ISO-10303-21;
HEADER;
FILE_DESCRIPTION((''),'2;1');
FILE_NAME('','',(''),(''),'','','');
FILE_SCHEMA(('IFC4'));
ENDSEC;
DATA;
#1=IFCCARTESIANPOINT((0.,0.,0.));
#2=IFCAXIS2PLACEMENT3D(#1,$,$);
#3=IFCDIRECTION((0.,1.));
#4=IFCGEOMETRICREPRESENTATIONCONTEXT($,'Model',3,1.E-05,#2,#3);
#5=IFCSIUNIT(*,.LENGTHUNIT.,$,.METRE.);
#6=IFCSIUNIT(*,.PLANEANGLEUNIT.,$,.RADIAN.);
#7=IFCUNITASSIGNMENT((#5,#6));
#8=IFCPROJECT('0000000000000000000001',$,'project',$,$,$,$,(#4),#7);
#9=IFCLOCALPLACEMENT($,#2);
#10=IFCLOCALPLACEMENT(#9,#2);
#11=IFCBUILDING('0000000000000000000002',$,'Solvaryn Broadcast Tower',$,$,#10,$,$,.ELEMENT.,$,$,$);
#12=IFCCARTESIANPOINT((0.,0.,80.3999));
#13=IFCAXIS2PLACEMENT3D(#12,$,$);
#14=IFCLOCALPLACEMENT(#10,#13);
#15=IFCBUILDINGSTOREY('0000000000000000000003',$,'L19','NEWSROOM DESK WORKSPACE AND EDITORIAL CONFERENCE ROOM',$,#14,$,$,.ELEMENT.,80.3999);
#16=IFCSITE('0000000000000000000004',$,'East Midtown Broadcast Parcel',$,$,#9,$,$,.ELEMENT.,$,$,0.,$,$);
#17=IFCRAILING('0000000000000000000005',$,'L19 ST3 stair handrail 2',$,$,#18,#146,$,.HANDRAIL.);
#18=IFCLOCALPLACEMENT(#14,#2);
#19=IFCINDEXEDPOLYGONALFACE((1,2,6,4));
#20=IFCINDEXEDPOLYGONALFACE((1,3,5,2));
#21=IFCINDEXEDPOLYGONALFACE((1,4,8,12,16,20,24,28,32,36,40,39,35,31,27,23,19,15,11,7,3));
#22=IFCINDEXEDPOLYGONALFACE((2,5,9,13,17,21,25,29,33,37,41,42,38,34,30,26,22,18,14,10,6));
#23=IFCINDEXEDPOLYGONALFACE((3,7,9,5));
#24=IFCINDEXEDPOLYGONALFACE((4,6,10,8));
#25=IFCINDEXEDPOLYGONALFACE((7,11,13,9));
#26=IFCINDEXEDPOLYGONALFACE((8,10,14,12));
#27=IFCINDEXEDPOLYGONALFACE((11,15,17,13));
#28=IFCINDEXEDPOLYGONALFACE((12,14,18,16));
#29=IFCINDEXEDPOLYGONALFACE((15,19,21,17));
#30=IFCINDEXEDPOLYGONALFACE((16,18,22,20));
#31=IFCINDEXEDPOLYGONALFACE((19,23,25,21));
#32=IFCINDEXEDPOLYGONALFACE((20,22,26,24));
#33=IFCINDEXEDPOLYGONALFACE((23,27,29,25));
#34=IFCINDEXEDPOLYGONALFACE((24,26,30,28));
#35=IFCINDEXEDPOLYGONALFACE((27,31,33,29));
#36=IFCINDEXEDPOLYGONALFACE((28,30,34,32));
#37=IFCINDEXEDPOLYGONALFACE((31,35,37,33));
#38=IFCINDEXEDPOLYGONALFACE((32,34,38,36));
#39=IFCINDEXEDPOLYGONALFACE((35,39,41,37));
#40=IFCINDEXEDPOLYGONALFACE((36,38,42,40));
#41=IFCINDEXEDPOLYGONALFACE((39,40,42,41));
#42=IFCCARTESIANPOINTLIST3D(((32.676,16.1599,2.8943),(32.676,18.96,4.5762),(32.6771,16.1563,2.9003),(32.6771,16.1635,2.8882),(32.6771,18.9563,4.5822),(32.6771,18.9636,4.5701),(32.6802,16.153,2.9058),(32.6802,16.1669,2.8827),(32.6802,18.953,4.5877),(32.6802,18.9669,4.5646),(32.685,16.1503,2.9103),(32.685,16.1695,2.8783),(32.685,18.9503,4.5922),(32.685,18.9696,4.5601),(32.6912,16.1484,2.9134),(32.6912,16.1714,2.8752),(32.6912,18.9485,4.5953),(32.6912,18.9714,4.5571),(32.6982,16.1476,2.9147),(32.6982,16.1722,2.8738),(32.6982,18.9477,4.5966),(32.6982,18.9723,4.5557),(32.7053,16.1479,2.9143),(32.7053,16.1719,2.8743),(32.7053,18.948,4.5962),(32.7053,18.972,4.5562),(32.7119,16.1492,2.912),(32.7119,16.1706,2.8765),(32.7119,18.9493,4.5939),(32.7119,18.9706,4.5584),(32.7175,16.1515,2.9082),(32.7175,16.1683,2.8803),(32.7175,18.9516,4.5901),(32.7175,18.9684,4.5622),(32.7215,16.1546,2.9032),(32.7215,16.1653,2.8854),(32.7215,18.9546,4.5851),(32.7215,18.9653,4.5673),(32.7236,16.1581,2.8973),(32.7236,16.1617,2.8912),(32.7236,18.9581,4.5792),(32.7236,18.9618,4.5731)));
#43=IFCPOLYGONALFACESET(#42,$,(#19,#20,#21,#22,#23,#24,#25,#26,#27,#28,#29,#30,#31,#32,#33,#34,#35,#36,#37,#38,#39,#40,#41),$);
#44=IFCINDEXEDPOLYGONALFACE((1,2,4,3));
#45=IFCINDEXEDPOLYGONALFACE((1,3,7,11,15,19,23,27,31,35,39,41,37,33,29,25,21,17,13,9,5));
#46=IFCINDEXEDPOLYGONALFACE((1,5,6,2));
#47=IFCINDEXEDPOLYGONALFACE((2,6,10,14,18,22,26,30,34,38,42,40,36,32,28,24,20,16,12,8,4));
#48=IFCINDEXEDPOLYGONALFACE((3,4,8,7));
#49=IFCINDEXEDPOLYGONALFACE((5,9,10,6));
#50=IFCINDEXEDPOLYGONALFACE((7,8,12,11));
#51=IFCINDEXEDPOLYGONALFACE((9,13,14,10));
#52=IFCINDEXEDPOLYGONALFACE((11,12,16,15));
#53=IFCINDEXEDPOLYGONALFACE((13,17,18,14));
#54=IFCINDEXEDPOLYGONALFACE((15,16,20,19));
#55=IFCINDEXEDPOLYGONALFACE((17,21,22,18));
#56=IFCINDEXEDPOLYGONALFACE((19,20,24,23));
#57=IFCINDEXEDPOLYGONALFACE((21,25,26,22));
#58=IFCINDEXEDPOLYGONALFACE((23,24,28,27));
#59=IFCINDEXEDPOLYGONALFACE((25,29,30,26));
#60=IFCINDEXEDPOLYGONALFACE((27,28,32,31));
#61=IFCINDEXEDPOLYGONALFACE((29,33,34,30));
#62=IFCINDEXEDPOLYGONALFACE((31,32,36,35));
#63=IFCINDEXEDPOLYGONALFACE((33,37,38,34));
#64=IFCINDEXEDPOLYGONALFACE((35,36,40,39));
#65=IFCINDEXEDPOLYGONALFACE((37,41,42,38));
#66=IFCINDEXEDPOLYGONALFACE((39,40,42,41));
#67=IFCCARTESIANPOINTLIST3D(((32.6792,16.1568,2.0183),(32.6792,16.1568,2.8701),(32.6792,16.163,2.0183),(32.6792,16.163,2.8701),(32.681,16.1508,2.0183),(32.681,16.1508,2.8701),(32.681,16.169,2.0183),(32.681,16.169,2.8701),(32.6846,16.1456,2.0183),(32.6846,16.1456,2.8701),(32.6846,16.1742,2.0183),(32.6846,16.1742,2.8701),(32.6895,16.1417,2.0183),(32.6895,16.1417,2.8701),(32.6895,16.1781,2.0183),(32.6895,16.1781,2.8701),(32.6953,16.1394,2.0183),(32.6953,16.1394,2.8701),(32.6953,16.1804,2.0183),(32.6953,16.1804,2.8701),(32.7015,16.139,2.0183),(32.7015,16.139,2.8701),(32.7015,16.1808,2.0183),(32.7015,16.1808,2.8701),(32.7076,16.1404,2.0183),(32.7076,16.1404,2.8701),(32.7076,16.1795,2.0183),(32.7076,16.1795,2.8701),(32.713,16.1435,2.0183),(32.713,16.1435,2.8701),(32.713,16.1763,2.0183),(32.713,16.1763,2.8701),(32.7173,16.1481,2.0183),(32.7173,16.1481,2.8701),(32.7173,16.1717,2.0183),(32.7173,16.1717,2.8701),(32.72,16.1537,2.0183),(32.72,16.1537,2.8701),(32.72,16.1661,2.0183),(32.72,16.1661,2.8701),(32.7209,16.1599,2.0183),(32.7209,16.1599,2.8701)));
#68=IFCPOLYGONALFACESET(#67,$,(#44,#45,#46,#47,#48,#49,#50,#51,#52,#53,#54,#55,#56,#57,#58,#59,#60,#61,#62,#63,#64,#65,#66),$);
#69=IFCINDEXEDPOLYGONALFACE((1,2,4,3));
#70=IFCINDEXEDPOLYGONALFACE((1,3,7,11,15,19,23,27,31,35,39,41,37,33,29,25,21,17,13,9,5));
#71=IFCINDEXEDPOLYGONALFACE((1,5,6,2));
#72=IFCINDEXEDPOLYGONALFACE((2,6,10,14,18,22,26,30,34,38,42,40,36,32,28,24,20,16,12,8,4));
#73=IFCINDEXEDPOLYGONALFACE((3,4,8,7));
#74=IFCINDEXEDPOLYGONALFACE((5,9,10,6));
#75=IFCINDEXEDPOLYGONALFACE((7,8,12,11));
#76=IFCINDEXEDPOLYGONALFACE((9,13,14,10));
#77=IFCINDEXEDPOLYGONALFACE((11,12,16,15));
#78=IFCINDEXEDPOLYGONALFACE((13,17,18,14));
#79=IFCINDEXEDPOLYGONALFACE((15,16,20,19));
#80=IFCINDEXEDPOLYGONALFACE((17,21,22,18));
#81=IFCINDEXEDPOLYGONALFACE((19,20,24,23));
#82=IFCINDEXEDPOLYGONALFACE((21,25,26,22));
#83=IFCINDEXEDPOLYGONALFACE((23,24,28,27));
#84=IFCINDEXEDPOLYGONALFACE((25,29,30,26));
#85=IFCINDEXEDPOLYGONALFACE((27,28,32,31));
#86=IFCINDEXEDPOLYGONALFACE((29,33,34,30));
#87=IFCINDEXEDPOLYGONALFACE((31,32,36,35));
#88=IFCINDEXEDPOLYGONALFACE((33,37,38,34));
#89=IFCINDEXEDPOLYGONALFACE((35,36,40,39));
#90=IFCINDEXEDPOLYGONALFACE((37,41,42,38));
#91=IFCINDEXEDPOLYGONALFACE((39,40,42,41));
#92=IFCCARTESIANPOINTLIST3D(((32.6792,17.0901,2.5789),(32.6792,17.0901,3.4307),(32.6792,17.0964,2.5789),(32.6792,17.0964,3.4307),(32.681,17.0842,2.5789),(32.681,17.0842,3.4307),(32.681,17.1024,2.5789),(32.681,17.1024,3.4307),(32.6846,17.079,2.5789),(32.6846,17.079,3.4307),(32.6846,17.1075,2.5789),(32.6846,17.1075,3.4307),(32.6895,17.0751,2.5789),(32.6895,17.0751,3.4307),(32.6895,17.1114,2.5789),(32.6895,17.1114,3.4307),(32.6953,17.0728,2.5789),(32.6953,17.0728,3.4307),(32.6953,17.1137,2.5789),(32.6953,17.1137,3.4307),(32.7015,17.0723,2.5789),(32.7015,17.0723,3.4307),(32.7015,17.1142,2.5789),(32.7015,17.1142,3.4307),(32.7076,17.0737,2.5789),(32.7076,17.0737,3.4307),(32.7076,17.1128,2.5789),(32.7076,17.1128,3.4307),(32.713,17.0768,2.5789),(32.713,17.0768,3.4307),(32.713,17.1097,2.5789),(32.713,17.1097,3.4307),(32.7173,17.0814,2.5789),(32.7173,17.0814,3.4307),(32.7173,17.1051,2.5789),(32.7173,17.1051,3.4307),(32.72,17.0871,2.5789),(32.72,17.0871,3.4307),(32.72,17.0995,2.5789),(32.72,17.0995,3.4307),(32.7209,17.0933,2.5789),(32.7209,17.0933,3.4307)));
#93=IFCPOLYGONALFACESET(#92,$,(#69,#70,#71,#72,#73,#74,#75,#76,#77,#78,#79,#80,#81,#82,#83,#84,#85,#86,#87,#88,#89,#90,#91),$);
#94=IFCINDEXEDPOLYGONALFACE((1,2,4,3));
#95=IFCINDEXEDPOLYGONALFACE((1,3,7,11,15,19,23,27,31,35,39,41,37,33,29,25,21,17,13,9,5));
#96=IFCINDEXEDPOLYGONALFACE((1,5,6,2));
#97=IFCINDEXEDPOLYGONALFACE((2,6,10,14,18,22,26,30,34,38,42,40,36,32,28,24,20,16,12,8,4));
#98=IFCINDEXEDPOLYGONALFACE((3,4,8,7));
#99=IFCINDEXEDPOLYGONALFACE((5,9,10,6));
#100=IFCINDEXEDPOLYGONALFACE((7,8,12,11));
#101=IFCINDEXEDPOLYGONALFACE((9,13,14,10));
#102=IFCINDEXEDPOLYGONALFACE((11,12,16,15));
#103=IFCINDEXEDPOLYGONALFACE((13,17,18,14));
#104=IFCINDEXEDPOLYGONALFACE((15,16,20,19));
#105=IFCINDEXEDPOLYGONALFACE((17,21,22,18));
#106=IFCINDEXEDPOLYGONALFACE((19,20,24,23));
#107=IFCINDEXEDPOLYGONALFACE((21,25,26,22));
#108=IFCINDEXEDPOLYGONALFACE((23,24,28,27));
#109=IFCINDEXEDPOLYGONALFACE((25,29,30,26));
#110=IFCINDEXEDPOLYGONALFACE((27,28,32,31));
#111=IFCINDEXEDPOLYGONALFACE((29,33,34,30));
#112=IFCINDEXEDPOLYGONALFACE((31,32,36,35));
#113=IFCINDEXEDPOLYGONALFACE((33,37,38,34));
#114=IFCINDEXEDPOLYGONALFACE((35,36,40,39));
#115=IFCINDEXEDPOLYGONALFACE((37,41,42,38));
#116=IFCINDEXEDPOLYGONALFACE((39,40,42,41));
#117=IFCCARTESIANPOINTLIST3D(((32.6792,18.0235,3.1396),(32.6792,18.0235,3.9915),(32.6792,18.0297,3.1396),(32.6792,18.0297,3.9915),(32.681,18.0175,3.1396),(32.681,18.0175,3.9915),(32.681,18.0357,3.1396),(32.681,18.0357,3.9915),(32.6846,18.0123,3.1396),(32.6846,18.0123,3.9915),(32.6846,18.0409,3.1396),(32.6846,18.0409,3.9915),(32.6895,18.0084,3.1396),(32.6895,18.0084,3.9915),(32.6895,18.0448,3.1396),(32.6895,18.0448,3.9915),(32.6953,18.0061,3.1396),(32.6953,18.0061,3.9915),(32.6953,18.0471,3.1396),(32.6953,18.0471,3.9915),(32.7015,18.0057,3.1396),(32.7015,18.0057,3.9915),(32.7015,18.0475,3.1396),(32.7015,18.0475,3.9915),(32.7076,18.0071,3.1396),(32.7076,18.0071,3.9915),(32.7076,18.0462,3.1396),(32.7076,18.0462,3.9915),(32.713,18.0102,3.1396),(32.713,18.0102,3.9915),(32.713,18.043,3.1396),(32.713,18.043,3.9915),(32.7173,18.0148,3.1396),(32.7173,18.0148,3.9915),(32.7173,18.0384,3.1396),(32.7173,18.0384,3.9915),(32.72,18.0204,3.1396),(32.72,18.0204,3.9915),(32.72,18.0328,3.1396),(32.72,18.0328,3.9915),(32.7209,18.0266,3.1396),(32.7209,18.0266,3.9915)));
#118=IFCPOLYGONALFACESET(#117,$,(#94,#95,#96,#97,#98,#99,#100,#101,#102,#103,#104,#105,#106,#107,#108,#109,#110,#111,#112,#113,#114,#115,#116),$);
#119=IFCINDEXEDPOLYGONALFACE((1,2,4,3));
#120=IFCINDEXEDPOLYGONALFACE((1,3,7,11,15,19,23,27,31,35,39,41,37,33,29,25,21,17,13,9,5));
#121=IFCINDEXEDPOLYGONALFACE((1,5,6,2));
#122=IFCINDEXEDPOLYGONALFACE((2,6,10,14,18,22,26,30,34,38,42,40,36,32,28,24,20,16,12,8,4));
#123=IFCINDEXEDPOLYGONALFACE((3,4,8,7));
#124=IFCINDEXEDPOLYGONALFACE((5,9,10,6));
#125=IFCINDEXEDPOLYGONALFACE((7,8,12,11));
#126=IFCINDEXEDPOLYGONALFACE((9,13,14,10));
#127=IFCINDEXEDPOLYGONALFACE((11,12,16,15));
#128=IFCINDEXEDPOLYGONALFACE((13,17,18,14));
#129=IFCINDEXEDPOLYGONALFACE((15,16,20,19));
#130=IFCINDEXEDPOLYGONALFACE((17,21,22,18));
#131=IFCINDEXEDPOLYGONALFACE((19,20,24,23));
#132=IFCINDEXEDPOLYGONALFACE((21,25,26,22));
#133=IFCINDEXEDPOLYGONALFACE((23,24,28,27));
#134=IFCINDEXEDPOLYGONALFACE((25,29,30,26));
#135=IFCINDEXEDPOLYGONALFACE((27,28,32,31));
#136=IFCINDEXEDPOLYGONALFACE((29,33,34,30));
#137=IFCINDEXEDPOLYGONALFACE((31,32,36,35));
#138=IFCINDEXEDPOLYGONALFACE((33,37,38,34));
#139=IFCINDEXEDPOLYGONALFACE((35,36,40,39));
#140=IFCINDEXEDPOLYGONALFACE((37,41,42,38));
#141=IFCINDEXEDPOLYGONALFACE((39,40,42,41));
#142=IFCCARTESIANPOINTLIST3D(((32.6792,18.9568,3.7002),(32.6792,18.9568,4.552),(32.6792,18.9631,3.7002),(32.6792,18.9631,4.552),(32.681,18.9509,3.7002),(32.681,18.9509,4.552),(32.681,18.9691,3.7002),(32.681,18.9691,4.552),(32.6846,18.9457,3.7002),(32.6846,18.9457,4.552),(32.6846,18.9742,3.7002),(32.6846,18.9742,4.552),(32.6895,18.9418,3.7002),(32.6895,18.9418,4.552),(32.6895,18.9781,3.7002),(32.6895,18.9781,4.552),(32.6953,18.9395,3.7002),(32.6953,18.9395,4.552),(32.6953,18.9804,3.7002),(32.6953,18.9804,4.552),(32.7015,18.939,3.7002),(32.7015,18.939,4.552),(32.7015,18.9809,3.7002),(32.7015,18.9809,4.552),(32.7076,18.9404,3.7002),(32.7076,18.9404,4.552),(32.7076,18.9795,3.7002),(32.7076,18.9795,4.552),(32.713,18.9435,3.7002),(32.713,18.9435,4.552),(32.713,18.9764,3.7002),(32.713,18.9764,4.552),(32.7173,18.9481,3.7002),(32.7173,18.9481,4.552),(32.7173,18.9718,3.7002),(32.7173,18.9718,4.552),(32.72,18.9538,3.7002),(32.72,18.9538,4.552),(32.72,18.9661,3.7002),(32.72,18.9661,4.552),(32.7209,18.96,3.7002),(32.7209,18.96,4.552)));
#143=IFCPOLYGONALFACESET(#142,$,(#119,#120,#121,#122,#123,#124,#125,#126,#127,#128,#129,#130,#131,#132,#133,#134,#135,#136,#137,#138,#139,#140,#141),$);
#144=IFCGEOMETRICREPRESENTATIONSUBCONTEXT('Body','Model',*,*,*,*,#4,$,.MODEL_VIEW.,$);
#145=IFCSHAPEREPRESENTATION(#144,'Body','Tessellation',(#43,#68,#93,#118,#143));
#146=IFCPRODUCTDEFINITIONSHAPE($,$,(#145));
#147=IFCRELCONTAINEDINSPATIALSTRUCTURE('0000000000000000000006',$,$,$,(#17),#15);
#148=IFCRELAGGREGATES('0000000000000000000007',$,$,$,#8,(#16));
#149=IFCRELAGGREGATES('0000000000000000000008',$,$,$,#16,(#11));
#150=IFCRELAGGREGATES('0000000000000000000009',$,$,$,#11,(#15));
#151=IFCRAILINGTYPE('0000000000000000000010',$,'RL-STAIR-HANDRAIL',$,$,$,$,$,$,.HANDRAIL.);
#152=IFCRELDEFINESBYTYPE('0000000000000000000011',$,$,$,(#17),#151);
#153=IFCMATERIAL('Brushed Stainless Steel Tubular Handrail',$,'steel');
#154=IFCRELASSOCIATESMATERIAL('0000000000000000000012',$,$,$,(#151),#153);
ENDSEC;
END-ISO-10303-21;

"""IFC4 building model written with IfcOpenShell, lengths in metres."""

from ifc_helpers import new_model, si_unit, direction, frame, origin, origin_2d, place, context, subcontext, project, spatial, circle, extrude, material, type_object, element, save


model = new_model("IFC4")

# Units and contexts
model_context = context("Model", 3, precision=1e-05, world=origin(), true_north=direction((0.0, 1.0)))
body_context = subcontext(model_context, "Body", "Model", "MODEL_VIEW")
ifc_project = project(units=[si_unit("LENGTHUNIT", "METRE"), si_unit("PLANEANGLEUNIT", "RADIAN")], contexts=[model_context])

# Site, building, storey
site_placement = place(None, origin())
site = spatial("IfcSite", under=ifc_project, at=site_placement, Name="East Midtown Broadcast Parcel", CompositionType="ELEMENT", RefElevation=0.0)
building_placement = place(site_placement, origin())
building = spatial("IfcBuilding", under=site, at=building_placement, Name="Solvaryn Broadcast Tower", CompositionType="ELEMENT")
storey_placement = place(building_placement, frame((0.0, 0.0, 80.3999)))
storey = spatial("IfcBuildingStorey", under=building, at=storey_placement, Name="L19", Description="NEWSROOM DESK WORKSPACE AND EDITORIAL CONFERENCE ROOM", CompositionType="ELEMENT", Elevation=80.3999)

# Railing
ifc_material_1 = material(Name="Brushed Stainless Steel Tubular Handrail", Category="steel")
railing_type_1 = type_object("IfcRailingType", Name="RL-STAIR-HANDRAIL", PredefinedType="HANDRAIL", material=ifc_material_1)
railing_1_placement = place(storey_placement, frame((32.7, 16.1599, 2.0183)))
element("IfcRailing", 1, at=railing_1_placement, inside=storey, type_object=railing_type_1, Name="L19 ST3 stair handrail 2", PredefinedType="HANDRAIL", context=body_context, shape_type="SweptSolid", body=[
    extrude(circle(Radius=0.0239, at=origin_2d()), frame((0.0, 0.0, 0.876), z_axis=(0.0, 0.857242, 0.514913), x_axis=(-1.0, 0.0, 0.0)), (0.0, 0.0, 1.0), 3.2664),
    extrude(circle(Radius=0.021, at=origin_2d()), origin(), (0.0, 0.0, 1.0), 0.8518),
    extrude(circle(Radius=0.021, at=origin_2d()), frame((0.0, 0.9333, 0.5605)), (0.0, 0.0, 1.0), 0.8518),
    extrude(circle(Radius=0.021, at=origin_2d()), frame((0.0, 1.8667, 1.1213)), (0.0, 0.0, 1.0), 0.8518),
    extrude(circle(Radius=0.021, at=origin_2d()), frame((0.0, 2.8, 1.6819)), (0.0, 0.0, 1.0), 0.8518),
])

save(model, "model.ifc")
